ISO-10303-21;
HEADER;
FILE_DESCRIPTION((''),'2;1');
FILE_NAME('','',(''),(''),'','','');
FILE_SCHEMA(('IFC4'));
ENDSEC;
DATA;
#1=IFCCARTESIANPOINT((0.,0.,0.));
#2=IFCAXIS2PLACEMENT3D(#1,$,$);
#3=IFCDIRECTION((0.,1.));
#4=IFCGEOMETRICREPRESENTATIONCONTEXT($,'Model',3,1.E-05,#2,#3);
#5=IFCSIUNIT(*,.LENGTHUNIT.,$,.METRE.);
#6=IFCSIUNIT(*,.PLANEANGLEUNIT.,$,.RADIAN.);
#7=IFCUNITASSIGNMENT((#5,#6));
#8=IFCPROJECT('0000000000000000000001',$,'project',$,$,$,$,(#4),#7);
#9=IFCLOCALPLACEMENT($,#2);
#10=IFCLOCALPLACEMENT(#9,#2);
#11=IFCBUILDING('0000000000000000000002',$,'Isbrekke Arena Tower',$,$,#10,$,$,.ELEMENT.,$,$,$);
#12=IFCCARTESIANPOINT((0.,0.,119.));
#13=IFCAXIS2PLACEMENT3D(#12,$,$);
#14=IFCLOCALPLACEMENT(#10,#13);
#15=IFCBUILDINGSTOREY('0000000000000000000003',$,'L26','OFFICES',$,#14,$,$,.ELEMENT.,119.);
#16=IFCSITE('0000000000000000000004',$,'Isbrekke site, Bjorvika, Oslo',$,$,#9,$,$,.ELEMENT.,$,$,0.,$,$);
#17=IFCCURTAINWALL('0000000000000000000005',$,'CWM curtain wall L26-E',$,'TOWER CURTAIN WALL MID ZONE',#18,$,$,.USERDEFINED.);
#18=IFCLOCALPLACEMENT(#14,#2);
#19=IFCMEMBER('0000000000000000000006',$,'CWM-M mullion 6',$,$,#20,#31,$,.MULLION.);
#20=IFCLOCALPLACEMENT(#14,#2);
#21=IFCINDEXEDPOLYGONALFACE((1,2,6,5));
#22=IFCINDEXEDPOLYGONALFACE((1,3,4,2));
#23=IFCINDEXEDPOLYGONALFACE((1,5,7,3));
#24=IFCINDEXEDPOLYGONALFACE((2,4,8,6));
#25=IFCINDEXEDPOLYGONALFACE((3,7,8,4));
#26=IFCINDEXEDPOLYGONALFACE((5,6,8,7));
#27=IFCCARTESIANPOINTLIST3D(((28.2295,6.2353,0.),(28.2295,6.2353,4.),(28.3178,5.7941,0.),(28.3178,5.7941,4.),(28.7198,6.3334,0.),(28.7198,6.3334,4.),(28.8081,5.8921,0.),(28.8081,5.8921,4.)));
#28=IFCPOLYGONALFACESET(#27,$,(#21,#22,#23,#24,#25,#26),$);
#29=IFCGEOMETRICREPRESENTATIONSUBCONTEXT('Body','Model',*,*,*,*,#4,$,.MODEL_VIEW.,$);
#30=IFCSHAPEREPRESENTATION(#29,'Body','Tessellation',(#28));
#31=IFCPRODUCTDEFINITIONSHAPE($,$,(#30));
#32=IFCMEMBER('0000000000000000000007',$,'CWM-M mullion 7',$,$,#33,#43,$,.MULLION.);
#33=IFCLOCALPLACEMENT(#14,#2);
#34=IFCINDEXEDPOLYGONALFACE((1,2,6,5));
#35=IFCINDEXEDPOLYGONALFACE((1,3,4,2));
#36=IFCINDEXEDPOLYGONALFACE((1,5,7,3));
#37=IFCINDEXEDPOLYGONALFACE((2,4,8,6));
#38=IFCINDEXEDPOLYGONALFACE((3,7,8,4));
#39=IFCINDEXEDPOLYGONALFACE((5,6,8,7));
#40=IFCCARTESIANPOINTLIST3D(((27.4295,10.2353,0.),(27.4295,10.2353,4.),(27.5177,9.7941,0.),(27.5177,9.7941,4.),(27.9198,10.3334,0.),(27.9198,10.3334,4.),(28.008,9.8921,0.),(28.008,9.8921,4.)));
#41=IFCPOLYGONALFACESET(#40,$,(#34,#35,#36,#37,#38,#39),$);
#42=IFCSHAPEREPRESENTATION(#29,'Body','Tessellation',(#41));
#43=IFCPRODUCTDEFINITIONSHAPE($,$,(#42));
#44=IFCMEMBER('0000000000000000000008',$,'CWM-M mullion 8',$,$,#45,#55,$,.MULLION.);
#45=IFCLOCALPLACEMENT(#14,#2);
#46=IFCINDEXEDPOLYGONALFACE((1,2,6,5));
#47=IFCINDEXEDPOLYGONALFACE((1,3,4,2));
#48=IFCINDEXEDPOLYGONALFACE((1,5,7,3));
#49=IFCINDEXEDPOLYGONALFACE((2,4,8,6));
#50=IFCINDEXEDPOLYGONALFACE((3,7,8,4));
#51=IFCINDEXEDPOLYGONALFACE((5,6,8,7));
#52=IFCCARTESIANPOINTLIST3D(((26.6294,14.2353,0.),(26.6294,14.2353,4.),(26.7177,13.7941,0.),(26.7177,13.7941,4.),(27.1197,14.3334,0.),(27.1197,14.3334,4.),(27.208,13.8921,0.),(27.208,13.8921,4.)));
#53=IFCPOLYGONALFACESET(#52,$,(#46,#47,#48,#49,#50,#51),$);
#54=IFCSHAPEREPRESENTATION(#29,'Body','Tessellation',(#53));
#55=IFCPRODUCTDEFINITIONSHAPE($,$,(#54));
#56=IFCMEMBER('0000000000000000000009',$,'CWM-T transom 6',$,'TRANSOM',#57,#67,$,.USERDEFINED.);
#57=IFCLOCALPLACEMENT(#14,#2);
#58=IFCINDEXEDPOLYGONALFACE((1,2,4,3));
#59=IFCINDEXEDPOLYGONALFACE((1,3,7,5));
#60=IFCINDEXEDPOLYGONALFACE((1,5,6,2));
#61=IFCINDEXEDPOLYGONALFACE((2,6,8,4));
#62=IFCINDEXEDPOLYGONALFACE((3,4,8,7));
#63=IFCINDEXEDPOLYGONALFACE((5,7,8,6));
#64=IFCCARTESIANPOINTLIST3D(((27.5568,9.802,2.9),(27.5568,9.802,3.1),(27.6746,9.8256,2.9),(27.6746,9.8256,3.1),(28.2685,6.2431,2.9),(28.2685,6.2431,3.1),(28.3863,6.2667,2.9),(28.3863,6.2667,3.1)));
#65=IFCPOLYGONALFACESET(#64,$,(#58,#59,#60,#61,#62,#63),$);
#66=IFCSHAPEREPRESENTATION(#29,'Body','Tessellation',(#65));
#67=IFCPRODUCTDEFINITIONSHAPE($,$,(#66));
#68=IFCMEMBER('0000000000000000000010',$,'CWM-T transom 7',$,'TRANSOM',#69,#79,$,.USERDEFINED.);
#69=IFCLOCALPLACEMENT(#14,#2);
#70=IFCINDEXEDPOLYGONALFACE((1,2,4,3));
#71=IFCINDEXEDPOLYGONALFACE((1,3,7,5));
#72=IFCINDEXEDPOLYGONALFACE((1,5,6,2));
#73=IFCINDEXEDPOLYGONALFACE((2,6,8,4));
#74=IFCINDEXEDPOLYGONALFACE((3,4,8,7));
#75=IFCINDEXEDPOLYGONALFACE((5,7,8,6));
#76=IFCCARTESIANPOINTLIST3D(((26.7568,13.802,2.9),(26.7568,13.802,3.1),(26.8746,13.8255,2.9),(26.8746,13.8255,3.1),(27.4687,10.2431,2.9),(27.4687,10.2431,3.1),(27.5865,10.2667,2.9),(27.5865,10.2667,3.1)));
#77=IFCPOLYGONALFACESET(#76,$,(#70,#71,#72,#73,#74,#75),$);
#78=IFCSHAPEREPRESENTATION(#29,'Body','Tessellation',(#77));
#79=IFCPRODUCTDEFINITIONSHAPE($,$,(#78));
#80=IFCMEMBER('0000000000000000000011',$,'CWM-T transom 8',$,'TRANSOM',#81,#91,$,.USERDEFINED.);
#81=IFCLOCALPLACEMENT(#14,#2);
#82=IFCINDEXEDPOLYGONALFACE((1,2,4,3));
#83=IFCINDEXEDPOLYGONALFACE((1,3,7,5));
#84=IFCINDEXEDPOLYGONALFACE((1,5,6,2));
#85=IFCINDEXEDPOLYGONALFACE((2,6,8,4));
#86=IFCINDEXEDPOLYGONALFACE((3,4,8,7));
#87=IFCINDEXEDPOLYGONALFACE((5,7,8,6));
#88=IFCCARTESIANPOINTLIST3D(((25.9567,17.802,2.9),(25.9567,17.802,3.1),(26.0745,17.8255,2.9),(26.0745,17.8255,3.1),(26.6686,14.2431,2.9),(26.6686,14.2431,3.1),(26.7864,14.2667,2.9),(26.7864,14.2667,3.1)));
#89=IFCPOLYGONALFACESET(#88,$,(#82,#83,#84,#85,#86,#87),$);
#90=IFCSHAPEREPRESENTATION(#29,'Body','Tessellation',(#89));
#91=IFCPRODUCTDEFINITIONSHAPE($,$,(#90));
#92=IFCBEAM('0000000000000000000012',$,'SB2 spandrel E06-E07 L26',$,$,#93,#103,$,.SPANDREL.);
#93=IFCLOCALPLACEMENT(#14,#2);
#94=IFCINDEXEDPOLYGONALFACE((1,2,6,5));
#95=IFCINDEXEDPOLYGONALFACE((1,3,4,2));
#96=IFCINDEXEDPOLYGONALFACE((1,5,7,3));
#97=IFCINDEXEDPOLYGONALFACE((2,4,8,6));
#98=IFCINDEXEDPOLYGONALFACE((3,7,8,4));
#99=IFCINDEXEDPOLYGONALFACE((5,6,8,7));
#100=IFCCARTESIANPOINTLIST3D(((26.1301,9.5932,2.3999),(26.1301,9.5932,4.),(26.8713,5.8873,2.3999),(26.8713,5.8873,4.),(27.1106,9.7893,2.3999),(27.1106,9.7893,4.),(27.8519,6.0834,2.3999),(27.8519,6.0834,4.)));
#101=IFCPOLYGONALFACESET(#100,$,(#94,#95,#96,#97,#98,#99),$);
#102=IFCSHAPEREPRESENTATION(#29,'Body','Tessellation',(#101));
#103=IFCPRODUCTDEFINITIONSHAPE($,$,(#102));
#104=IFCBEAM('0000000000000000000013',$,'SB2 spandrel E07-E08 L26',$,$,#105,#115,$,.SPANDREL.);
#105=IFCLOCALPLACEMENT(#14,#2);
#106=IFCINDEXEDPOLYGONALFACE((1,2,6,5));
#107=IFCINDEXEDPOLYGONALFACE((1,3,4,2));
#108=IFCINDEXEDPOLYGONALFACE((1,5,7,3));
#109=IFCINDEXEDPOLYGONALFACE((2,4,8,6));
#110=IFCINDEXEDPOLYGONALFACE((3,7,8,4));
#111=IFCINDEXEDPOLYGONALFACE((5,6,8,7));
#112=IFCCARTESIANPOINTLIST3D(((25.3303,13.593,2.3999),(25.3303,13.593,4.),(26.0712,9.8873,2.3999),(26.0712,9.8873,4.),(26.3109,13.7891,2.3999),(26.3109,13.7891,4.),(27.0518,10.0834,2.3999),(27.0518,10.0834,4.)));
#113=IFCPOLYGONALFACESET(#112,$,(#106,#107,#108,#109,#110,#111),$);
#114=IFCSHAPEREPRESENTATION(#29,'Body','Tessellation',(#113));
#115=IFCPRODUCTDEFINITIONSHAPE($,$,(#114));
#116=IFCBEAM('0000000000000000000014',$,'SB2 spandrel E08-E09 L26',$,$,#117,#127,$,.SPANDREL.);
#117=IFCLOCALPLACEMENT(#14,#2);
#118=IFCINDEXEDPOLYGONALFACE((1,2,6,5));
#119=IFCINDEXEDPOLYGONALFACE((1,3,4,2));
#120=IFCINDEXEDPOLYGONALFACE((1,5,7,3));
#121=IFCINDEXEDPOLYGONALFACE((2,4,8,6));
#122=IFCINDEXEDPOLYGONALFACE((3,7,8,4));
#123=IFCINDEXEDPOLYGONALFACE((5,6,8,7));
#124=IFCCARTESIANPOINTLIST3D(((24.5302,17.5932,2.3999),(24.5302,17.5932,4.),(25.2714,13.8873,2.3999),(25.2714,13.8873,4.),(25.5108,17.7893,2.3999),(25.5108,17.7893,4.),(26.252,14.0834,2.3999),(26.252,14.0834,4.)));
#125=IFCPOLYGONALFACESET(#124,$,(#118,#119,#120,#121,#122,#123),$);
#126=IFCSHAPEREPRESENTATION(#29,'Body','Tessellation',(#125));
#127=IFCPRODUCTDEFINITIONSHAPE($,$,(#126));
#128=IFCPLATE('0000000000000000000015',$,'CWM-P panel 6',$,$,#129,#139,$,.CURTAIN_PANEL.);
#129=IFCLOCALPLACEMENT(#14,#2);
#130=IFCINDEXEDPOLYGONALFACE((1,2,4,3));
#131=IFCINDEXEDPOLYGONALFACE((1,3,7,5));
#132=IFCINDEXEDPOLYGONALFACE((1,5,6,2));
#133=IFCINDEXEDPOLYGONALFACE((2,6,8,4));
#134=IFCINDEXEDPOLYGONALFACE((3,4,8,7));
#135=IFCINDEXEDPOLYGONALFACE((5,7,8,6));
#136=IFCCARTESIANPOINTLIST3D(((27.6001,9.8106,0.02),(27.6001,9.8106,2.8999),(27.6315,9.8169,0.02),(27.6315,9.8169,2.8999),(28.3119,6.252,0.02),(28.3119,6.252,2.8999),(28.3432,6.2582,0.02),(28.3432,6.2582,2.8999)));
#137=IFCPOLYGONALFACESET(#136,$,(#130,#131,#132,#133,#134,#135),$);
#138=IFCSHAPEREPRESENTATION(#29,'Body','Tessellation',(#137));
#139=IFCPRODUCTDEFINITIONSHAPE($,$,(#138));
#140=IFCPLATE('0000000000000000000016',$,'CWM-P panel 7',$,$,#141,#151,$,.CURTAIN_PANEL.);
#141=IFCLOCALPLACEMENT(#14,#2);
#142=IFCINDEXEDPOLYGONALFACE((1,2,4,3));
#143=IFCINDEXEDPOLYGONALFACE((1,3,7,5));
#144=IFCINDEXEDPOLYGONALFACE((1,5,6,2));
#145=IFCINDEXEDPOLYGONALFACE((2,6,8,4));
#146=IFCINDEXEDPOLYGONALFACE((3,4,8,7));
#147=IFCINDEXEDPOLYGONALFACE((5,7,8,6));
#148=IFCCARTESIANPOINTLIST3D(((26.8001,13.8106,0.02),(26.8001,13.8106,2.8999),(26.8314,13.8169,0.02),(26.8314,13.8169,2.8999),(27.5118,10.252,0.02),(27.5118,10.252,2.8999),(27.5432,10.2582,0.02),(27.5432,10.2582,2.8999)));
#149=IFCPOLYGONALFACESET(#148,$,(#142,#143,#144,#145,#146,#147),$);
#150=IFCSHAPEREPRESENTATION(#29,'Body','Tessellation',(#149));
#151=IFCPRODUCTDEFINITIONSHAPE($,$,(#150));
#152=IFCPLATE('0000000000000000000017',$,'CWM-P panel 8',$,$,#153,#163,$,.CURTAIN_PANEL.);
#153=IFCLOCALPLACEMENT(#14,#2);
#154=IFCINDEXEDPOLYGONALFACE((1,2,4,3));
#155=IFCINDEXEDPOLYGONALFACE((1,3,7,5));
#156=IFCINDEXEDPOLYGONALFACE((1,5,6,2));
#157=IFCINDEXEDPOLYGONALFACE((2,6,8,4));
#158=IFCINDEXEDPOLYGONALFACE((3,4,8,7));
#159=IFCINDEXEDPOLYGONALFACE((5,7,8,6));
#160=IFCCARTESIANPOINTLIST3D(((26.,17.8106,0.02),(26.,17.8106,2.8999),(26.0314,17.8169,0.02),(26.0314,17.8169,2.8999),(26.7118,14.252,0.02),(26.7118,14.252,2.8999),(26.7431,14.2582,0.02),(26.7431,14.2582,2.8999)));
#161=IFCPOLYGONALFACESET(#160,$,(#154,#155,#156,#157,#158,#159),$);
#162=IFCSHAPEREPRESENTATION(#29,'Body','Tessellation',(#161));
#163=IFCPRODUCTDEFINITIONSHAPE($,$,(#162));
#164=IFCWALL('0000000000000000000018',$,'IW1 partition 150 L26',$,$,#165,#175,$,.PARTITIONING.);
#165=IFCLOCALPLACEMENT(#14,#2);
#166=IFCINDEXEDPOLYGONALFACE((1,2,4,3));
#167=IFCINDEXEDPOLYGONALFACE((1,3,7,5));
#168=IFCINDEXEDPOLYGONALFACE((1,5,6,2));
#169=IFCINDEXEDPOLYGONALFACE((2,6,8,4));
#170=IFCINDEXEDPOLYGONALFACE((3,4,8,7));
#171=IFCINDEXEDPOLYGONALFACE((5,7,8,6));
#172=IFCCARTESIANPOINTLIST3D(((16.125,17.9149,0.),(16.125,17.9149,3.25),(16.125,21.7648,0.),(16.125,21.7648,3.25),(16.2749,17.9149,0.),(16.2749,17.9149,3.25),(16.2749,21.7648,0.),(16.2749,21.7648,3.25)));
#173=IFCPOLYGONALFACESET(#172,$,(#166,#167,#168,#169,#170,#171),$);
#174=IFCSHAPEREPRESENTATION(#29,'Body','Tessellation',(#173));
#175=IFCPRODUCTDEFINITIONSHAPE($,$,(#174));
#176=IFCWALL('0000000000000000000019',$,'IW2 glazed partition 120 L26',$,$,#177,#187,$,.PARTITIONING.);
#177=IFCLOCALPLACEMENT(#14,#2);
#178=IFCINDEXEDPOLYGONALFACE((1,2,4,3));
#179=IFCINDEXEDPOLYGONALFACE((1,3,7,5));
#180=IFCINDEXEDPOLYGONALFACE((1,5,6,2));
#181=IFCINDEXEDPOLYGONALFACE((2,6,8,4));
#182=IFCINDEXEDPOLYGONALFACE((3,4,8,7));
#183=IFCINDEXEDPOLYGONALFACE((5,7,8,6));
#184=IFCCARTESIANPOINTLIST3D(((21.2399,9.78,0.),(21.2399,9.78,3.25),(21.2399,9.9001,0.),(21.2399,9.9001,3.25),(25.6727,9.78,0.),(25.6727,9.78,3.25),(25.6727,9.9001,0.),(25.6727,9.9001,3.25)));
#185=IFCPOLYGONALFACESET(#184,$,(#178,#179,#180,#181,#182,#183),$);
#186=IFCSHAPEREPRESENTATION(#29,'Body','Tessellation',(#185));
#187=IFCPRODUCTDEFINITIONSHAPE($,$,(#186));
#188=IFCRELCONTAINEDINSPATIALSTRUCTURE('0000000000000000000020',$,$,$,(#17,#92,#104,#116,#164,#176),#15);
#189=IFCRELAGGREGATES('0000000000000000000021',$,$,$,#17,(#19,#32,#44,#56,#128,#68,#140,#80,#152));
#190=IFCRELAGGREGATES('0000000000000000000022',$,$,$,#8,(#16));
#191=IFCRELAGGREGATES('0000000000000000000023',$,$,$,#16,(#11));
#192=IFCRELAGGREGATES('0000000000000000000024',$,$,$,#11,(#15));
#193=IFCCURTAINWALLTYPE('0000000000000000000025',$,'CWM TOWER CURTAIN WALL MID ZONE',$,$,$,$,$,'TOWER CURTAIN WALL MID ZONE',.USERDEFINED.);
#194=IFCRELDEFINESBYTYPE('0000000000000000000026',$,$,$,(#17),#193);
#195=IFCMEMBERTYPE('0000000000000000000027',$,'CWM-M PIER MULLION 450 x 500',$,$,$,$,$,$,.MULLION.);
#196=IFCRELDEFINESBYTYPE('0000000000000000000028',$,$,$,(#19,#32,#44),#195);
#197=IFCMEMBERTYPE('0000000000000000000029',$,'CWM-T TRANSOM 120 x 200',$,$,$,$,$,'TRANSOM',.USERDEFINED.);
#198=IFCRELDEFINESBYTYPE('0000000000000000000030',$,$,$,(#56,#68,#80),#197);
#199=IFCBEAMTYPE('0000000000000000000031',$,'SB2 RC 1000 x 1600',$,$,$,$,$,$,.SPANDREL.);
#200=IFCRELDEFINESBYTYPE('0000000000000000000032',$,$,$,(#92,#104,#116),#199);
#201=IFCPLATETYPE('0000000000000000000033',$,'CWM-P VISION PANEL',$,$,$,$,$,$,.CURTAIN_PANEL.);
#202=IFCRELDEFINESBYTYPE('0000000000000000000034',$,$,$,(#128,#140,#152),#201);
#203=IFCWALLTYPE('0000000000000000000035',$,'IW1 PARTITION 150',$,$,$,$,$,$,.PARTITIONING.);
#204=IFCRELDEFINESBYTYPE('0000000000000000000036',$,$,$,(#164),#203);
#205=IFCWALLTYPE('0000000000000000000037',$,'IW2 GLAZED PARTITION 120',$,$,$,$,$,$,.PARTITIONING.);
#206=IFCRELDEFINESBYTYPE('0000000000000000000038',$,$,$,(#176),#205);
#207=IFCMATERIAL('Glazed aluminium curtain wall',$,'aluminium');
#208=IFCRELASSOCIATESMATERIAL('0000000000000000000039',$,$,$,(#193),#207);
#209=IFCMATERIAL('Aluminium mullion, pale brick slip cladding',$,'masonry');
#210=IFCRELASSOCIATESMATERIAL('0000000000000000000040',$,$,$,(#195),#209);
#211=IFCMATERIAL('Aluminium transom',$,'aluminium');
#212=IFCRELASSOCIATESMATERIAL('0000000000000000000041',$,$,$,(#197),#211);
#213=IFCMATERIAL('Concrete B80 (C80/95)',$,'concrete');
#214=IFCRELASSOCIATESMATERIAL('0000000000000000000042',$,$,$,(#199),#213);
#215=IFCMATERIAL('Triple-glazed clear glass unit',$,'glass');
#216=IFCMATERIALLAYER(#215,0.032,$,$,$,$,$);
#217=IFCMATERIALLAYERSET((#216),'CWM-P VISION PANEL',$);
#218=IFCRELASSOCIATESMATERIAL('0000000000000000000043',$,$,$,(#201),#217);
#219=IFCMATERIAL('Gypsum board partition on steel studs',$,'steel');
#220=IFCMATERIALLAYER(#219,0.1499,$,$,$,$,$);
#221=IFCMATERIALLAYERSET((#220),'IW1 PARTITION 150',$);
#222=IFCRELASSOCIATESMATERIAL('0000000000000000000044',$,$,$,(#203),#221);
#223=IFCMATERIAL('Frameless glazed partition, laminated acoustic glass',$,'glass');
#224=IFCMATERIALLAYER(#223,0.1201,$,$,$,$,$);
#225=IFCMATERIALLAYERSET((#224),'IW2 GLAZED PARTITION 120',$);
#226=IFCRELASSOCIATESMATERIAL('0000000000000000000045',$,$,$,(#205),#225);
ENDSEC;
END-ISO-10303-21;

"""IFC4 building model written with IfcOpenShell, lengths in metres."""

from ifc_helpers import new_model, si_unit, direction, frame, frame_2d, origin, origin_2d, place, context, subcontext, project, spatial, rectangle, extrude, material, layer, layer_set, material_profile, profile_set, type_object, element, aggregate, save


model = new_model("IFC4")

# Units and contexts
model_context = context("Model", 3, precision=1e-05, world=origin(), true_north=direction((0.0, 1.0)))
body_context = subcontext(model_context, "Body", "Model", "MODEL_VIEW")
ifc_project = project(units=[si_unit("LENGTHUNIT", "METRE"), si_unit("PLANEANGLEUNIT", "RADIAN")], contexts=[model_context])

# Site, building, storey
site_placement = place(None, origin())
site = spatial("IfcSite", under=ifc_project, at=site_placement, Name="Isbrekke site, Bjorvika, Oslo", CompositionType="ELEMENT", RefElevation=0.0)
building_placement = place(site_placement, origin())
building = spatial("IfcBuilding", under=site, at=building_placement, Name="Isbrekke Arena Tower", CompositionType="ELEMENT")
storey_placement = place(building_placement, frame((0.0, 0.0, 119.0)))
storey = spatial("IfcBuildingStorey", under=building, at=storey_placement, Name="L26", Description="OFFICES", CompositionType="ELEMENT", Elevation=119.0)

# Curtain wall, members
ifc_material_1 = material(Name="Glazed aluminium curtain wall", Category="aluminium")
curtain_wall_type = type_object("IfcCurtainWallType", Name="CWM TOWER CURTAIN WALL MID ZONE", ElementType="TOWER CURTAIN WALL MID ZONE", PredefinedType="USERDEFINED", material=ifc_material_1)
curtain_wall_placement = place(storey_placement, origin())
curtain_wall = element("IfcCurtainWall", 1, at=curtain_wall_placement, inside=storey, type_object=curtain_wall_type, Name="CWM curtain wall L26-E", ObjectType="TOWER CURTAIN WALL MID ZONE", PredefinedType="USERDEFINED")
ifc_material_2 = material(Name="Aluminium mullion, pale brick slip cladding", Category="masonry")
ifc_material_profile_1 = material_profile(ifc_material_2, rectangle(XDim=0.45, YDim=0.5, at=origin_2d()), Name="PIER 450X500")
ifc_profile_set_1 = profile_set([ifc_material_profile_1], Name="Aluminium mullion, pale brick slip cladding")
member_type_1 = type_object("IfcMemberType", Name="CWM-M PIER MULLION 450 x 500", PredefinedType="MULLION", material=ifc_profile_set_1)
member_1_placement = place(storey_placement, frame((28.5188, 6.0637, 0.0), z_axis=(0.0, 0.0, 1.0), x_axis=(-0.196116, 0.980581, 0.0)))
member_1 = element("IfcMember", 2, at=member_1_placement, type_object=member_type_1, Name="CWM-M mullion 6", PredefinedType="MULLION", context=body_context, shape_type="SweptSolid", body=[
    extrude(rectangle(XDim=0.45, YDim=0.5, at=origin_2d()), origin(), (0.0, 0.0, 1.0), 4.0),
])
member_2_placement = place(storey_placement, frame((27.7188, 10.0637, 0.0), z_axis=(0.0, 0.0, 1.0), x_axis=(-0.196116, 0.980581, 0.0)))
member_2 = element("IfcMember", 3, at=member_2_placement, type_object=member_type_1, Name="CWM-M mullion 7", PredefinedType="MULLION", context=body_context, shape_type="SweptSolid", body=[
    extrude(rectangle(XDim=0.45, YDim=0.5, at=origin_2d()), origin(), (0.0, 0.0, 1.0), 4.0),
])
member_3_placement = place(storey_placement, frame((26.9187, 14.0637, 0.0), z_axis=(0.0, 0.0, 1.0), x_axis=(-0.196116, 0.980581, 0.0)))
member_3 = element("IfcMember", 4, at=member_3_placement, type_object=member_type_1, Name="CWM-M mullion 8", PredefinedType="MULLION", context=body_context, shape_type="SweptSolid", body=[
    extrude(rectangle(XDim=0.45, YDim=0.5, at=origin_2d()), origin(), (0.0, 0.0, 1.0), 4.0),
])
ifc_material_3 = material(Name="Aluminium transom", Category="aluminium")
ifc_material_profile_2 = material_profile(ifc_material_3, rectangle(XDim=0.1201, YDim=0.2, at=origin_2d()), Name="TRANSOM 120X200")
ifc_profile_set_2 = profile_set([ifc_material_profile_2], Name="Aluminium transom")
member_type_2 = type_object("IfcMemberType", Name="CWM-T TRANSOM 120 x 200", ElementType="TRANSOM", PredefinedType="USERDEFINED", material=ifc_profile_set_2)
member_4_placement = place(storey_placement, frame((28.3274, 6.2549, 3.0), z_axis=(-0.19609, 0.980586, 0.0), x_axis=(-0.980586, -0.19609, 0.0)))
member_4 = element("IfcMember", 5, at=member_4_placement, type_object=member_type_2, Name="CWM-T transom 6", ObjectType="TRANSOM", PredefinedType="USERDEFINED", context=body_context, shape_type="SweptSolid", body=[
    extrude(rectangle(XDim=0.1201, YDim=0.2, at=origin_2d()), origin(), (0.0, 0.0, 1.0), 3.6294),
])
member_5_placement = place(storey_placement, frame((27.5276, 10.2549, 3.0), z_axis=(-0.196155, 0.980573, 0.0), x_axis=(-0.980573, -0.196155, 0.0)))
member_5 = element("IfcMember", 6, at=member_5_placement, type_object=member_type_2, Name="CWM-T transom 7", ObjectType="TRANSOM", PredefinedType="USERDEFINED", context=body_context, shape_type="SweptSolid", body=[
    extrude(rectangle(XDim=0.1201, YDim=0.2, at=origin_2d()), origin(), (0.0, 0.0, 1.0), 3.6294),
])
member_6_placement = place(storey_placement, frame((26.7275, 14.2549, 3.0), z_axis=(-0.196155, 0.980573, 0.0), x_axis=(-0.980573, -0.196155, 0.0)))
member_6 = element("IfcMember", 7, at=member_6_placement, type_object=member_type_2, Name="CWM-T transom 8", ObjectType="TRANSOM", PredefinedType="USERDEFINED", context=body_context, shape_type="SweptSolid", body=[
    extrude(rectangle(XDim=0.1201, YDim=0.2, at=origin_2d()), origin(), (0.0, 0.0, 1.0), 3.6294),
])

# Beams
ifc_material_4 = material(Name="Concrete B80 (C80/95)", Category="concrete")
ifc_material_profile_3 = material_profile(ifc_material_4, rectangle(XDim=1.0, YDim=1.6001, at=origin_2d()), Name="RC 1000x1600")
ifc_profile_set_3 = profile_set([ifc_material_profile_3], Name="Concrete B80 (C80/95)")
beam_type_1 = type_object("IfcBeamType", Name="SB2 RC 1000 x 1600", PredefinedType="SPANDREL", material=ifc_profile_set_3)
beam_1_placement = place(storey_placement, frame((27.3616, 5.9854, 3.2), z_axis=(-0.196129, 0.980578, 0.0), x_axis=(-0.980578, -0.196129, 0.0)))
element("IfcBeam", 8, at=beam_1_placement, inside=storey, type_object=beam_type_1, Name="SB2 spandrel E06-E07 L26", PredefinedType="SPANDREL", context=body_context, shape_type="SweptSolid", body=[
    extrude(rectangle(XDim=1.0, YDim=1.6001, at=origin_2d()), origin(), (0.0, 0.0, 1.0), 3.7793),
])
beam_2_placement = place(storey_placement, frame((26.5615, 9.9854, 3.2), z_axis=(-0.196066, 0.980591, 0.0), x_axis=(-0.980591, -0.196066, 0.0)))
element("IfcBeam", 9, at=beam_2_placement, inside=storey, type_object=beam_type_1, Name="SB2 spandrel E07-E08 L26", PredefinedType="SPANDREL", context=body_context, shape_type="SweptSolid", body=[
    extrude(rectangle(XDim=1.0, YDim=1.6001, at=origin_2d()), origin(), (0.0, 0.0, 1.0), 3.7791),
])
beam_3_placement = place(storey_placement, frame((25.7617, 13.9854, 3.2), z_axis=(-0.196129, 0.980578, 0.0), x_axis=(-0.980578, -0.196129, 0.0)))
element("IfcBeam", 10, at=beam_3_placement, inside=storey, type_object=beam_type_1, Name="SB2 spandrel E08-E09 L26", PredefinedType="SPANDREL", context=body_context, shape_type="SweptSolid", body=[
    extrude(rectangle(XDim=1.0, YDim=1.6001, at=origin_2d()), origin(), (0.0, 0.0, 1.0), 3.7793),
])

# Plates
ifc_material_5 = material(Name="Triple-glazed clear glass unit", Category="glass")
ifc_layer_1 = layer(ifc_material_5, 0.032)
ifc_layer_set_1 = layer_set([ifc_layer_1], Name="CWM-P VISION PANEL")
plate_type = type_object("IfcPlateType", Name="CWM-P VISION PANEL", PredefinedType="CURTAIN_PANEL", material=ifc_layer_set_1)
plate_1_placement = place(storey_placement, frame((27.9717, 8.0344, 0.02), z_axis=(0.0, 0.0, 1.0), x_axis=(-0.196116, 0.980581, 0.0)))
plate_1 = element("IfcPlate", 11, at=plate_1_placement, type_object=plate_type, Name="CWM-P panel 6", PredefinedType="CURTAIN_PANEL", context=body_context, shape_type="SweptSolid", body=[
    extrude(rectangle(XDim=3.6292, YDim=0.032, at=origin_2d()), origin(), (0.0, 0.0, 1.0), 2.8799),
])
plate_2_placement = place(storey_placement, frame((27.1716, 12.0344, 0.02), z_axis=(0.0, 0.0, 1.0), x_axis=(-0.196116, 0.980581, 0.0)))
plate_2 = element("IfcPlate", 12, at=plate_2_placement, type_object=plate_type, Name="CWM-P panel 7", PredefinedType="CURTAIN_PANEL", context=body_context, shape_type="SweptSolid", body=[
    extrude(rectangle(XDim=3.6292, YDim=0.032, at=origin_2d()), origin(), (0.0, 0.0, 1.0), 2.8799),
])
plate_3_placement = place(storey_placement, frame((26.3716, 16.0344, 0.02), z_axis=(0.0, 0.0, 1.0), x_axis=(-0.196116, 0.980581, 0.0)))
plate_3 = element("IfcPlate", 13, at=plate_3_placement, type_object=plate_type, Name="CWM-P panel 8", PredefinedType="CURTAIN_PANEL", context=body_context, shape_type="SweptSolid", body=[
    extrude(rectangle(XDim=3.6292, YDim=0.032, at=origin_2d()), origin(), (0.0, 0.0, 1.0), 2.8799),
])
aggregate(curtain_wall, [member_1, member_2, member_3, member_4, plate_1, member_5, plate_2, member_6, plate_3])

# Walls
ifc_material_6 = material(Name="Gypsum board partition on steel studs", Category="steel")
ifc_layer_2 = layer(ifc_material_6, 0.1499)
ifc_layer_set_2 = layer_set([ifc_layer_2], Name="IW1 PARTITION 150")
wall_type_1 = type_object("IfcWallType", Name="IW1 PARTITION 150", PredefinedType="PARTITIONING", material=ifc_layer_set_2)
wall_1_placement = place(storey_placement, frame((16.2, 17.915, 0.0), z_axis=(0.0, 0.0, 1.0), x_axis=(0.0, 1.0, 0.0)))
element("IfcWall", 14, at=wall_1_placement, inside=storey, type_object=wall_type_1, Name="IW1 partition 150 L26", PredefinedType="PARTITIONING", context=body_context, shape_type="SweptSolid", body=[
    extrude(rectangle(XDim=3.8499, YDim=0.1499, at=frame_2d((1.9248, 0.0))), origin(), (0.0, 0.0, 1.0), 3.25),
])
ifc_material_7 = material(Name="Frameless glazed partition, laminated acoustic glass", Category="glass")
ifc_layer_3 = layer(ifc_material_7, 0.1201)
ifc_layer_set_3 = layer_set([ifc_layer_3], Name="IW2 GLAZED PARTITION 120")
wall_type_2 = type_object("IfcWallType", Name="IW2 GLAZED PARTITION 120", PredefinedType="PARTITIONING", material=ifc_layer_set_3)
wall_2_placement = place(storey_placement, frame((21.24, 9.8401, 0.0), z_axis=(0.0, 0.0, 1.0), x_axis=(1.0, 0.0, 0.0)))
element("IfcWall", 15, at=wall_2_placement, inside=storey, type_object=wall_type_2, Name="IW2 glazed partition 120 L26", PredefinedType="PARTITIONING", context=body_context, shape_type="SweptSolid", body=[
    extrude(rectangle(XDim=4.4329, YDim=0.1201, at=frame_2d((2.2163, 0.0))), origin(), (0.0, 0.0, 1.0), 3.25),
])

save(model, "model.ifc")
